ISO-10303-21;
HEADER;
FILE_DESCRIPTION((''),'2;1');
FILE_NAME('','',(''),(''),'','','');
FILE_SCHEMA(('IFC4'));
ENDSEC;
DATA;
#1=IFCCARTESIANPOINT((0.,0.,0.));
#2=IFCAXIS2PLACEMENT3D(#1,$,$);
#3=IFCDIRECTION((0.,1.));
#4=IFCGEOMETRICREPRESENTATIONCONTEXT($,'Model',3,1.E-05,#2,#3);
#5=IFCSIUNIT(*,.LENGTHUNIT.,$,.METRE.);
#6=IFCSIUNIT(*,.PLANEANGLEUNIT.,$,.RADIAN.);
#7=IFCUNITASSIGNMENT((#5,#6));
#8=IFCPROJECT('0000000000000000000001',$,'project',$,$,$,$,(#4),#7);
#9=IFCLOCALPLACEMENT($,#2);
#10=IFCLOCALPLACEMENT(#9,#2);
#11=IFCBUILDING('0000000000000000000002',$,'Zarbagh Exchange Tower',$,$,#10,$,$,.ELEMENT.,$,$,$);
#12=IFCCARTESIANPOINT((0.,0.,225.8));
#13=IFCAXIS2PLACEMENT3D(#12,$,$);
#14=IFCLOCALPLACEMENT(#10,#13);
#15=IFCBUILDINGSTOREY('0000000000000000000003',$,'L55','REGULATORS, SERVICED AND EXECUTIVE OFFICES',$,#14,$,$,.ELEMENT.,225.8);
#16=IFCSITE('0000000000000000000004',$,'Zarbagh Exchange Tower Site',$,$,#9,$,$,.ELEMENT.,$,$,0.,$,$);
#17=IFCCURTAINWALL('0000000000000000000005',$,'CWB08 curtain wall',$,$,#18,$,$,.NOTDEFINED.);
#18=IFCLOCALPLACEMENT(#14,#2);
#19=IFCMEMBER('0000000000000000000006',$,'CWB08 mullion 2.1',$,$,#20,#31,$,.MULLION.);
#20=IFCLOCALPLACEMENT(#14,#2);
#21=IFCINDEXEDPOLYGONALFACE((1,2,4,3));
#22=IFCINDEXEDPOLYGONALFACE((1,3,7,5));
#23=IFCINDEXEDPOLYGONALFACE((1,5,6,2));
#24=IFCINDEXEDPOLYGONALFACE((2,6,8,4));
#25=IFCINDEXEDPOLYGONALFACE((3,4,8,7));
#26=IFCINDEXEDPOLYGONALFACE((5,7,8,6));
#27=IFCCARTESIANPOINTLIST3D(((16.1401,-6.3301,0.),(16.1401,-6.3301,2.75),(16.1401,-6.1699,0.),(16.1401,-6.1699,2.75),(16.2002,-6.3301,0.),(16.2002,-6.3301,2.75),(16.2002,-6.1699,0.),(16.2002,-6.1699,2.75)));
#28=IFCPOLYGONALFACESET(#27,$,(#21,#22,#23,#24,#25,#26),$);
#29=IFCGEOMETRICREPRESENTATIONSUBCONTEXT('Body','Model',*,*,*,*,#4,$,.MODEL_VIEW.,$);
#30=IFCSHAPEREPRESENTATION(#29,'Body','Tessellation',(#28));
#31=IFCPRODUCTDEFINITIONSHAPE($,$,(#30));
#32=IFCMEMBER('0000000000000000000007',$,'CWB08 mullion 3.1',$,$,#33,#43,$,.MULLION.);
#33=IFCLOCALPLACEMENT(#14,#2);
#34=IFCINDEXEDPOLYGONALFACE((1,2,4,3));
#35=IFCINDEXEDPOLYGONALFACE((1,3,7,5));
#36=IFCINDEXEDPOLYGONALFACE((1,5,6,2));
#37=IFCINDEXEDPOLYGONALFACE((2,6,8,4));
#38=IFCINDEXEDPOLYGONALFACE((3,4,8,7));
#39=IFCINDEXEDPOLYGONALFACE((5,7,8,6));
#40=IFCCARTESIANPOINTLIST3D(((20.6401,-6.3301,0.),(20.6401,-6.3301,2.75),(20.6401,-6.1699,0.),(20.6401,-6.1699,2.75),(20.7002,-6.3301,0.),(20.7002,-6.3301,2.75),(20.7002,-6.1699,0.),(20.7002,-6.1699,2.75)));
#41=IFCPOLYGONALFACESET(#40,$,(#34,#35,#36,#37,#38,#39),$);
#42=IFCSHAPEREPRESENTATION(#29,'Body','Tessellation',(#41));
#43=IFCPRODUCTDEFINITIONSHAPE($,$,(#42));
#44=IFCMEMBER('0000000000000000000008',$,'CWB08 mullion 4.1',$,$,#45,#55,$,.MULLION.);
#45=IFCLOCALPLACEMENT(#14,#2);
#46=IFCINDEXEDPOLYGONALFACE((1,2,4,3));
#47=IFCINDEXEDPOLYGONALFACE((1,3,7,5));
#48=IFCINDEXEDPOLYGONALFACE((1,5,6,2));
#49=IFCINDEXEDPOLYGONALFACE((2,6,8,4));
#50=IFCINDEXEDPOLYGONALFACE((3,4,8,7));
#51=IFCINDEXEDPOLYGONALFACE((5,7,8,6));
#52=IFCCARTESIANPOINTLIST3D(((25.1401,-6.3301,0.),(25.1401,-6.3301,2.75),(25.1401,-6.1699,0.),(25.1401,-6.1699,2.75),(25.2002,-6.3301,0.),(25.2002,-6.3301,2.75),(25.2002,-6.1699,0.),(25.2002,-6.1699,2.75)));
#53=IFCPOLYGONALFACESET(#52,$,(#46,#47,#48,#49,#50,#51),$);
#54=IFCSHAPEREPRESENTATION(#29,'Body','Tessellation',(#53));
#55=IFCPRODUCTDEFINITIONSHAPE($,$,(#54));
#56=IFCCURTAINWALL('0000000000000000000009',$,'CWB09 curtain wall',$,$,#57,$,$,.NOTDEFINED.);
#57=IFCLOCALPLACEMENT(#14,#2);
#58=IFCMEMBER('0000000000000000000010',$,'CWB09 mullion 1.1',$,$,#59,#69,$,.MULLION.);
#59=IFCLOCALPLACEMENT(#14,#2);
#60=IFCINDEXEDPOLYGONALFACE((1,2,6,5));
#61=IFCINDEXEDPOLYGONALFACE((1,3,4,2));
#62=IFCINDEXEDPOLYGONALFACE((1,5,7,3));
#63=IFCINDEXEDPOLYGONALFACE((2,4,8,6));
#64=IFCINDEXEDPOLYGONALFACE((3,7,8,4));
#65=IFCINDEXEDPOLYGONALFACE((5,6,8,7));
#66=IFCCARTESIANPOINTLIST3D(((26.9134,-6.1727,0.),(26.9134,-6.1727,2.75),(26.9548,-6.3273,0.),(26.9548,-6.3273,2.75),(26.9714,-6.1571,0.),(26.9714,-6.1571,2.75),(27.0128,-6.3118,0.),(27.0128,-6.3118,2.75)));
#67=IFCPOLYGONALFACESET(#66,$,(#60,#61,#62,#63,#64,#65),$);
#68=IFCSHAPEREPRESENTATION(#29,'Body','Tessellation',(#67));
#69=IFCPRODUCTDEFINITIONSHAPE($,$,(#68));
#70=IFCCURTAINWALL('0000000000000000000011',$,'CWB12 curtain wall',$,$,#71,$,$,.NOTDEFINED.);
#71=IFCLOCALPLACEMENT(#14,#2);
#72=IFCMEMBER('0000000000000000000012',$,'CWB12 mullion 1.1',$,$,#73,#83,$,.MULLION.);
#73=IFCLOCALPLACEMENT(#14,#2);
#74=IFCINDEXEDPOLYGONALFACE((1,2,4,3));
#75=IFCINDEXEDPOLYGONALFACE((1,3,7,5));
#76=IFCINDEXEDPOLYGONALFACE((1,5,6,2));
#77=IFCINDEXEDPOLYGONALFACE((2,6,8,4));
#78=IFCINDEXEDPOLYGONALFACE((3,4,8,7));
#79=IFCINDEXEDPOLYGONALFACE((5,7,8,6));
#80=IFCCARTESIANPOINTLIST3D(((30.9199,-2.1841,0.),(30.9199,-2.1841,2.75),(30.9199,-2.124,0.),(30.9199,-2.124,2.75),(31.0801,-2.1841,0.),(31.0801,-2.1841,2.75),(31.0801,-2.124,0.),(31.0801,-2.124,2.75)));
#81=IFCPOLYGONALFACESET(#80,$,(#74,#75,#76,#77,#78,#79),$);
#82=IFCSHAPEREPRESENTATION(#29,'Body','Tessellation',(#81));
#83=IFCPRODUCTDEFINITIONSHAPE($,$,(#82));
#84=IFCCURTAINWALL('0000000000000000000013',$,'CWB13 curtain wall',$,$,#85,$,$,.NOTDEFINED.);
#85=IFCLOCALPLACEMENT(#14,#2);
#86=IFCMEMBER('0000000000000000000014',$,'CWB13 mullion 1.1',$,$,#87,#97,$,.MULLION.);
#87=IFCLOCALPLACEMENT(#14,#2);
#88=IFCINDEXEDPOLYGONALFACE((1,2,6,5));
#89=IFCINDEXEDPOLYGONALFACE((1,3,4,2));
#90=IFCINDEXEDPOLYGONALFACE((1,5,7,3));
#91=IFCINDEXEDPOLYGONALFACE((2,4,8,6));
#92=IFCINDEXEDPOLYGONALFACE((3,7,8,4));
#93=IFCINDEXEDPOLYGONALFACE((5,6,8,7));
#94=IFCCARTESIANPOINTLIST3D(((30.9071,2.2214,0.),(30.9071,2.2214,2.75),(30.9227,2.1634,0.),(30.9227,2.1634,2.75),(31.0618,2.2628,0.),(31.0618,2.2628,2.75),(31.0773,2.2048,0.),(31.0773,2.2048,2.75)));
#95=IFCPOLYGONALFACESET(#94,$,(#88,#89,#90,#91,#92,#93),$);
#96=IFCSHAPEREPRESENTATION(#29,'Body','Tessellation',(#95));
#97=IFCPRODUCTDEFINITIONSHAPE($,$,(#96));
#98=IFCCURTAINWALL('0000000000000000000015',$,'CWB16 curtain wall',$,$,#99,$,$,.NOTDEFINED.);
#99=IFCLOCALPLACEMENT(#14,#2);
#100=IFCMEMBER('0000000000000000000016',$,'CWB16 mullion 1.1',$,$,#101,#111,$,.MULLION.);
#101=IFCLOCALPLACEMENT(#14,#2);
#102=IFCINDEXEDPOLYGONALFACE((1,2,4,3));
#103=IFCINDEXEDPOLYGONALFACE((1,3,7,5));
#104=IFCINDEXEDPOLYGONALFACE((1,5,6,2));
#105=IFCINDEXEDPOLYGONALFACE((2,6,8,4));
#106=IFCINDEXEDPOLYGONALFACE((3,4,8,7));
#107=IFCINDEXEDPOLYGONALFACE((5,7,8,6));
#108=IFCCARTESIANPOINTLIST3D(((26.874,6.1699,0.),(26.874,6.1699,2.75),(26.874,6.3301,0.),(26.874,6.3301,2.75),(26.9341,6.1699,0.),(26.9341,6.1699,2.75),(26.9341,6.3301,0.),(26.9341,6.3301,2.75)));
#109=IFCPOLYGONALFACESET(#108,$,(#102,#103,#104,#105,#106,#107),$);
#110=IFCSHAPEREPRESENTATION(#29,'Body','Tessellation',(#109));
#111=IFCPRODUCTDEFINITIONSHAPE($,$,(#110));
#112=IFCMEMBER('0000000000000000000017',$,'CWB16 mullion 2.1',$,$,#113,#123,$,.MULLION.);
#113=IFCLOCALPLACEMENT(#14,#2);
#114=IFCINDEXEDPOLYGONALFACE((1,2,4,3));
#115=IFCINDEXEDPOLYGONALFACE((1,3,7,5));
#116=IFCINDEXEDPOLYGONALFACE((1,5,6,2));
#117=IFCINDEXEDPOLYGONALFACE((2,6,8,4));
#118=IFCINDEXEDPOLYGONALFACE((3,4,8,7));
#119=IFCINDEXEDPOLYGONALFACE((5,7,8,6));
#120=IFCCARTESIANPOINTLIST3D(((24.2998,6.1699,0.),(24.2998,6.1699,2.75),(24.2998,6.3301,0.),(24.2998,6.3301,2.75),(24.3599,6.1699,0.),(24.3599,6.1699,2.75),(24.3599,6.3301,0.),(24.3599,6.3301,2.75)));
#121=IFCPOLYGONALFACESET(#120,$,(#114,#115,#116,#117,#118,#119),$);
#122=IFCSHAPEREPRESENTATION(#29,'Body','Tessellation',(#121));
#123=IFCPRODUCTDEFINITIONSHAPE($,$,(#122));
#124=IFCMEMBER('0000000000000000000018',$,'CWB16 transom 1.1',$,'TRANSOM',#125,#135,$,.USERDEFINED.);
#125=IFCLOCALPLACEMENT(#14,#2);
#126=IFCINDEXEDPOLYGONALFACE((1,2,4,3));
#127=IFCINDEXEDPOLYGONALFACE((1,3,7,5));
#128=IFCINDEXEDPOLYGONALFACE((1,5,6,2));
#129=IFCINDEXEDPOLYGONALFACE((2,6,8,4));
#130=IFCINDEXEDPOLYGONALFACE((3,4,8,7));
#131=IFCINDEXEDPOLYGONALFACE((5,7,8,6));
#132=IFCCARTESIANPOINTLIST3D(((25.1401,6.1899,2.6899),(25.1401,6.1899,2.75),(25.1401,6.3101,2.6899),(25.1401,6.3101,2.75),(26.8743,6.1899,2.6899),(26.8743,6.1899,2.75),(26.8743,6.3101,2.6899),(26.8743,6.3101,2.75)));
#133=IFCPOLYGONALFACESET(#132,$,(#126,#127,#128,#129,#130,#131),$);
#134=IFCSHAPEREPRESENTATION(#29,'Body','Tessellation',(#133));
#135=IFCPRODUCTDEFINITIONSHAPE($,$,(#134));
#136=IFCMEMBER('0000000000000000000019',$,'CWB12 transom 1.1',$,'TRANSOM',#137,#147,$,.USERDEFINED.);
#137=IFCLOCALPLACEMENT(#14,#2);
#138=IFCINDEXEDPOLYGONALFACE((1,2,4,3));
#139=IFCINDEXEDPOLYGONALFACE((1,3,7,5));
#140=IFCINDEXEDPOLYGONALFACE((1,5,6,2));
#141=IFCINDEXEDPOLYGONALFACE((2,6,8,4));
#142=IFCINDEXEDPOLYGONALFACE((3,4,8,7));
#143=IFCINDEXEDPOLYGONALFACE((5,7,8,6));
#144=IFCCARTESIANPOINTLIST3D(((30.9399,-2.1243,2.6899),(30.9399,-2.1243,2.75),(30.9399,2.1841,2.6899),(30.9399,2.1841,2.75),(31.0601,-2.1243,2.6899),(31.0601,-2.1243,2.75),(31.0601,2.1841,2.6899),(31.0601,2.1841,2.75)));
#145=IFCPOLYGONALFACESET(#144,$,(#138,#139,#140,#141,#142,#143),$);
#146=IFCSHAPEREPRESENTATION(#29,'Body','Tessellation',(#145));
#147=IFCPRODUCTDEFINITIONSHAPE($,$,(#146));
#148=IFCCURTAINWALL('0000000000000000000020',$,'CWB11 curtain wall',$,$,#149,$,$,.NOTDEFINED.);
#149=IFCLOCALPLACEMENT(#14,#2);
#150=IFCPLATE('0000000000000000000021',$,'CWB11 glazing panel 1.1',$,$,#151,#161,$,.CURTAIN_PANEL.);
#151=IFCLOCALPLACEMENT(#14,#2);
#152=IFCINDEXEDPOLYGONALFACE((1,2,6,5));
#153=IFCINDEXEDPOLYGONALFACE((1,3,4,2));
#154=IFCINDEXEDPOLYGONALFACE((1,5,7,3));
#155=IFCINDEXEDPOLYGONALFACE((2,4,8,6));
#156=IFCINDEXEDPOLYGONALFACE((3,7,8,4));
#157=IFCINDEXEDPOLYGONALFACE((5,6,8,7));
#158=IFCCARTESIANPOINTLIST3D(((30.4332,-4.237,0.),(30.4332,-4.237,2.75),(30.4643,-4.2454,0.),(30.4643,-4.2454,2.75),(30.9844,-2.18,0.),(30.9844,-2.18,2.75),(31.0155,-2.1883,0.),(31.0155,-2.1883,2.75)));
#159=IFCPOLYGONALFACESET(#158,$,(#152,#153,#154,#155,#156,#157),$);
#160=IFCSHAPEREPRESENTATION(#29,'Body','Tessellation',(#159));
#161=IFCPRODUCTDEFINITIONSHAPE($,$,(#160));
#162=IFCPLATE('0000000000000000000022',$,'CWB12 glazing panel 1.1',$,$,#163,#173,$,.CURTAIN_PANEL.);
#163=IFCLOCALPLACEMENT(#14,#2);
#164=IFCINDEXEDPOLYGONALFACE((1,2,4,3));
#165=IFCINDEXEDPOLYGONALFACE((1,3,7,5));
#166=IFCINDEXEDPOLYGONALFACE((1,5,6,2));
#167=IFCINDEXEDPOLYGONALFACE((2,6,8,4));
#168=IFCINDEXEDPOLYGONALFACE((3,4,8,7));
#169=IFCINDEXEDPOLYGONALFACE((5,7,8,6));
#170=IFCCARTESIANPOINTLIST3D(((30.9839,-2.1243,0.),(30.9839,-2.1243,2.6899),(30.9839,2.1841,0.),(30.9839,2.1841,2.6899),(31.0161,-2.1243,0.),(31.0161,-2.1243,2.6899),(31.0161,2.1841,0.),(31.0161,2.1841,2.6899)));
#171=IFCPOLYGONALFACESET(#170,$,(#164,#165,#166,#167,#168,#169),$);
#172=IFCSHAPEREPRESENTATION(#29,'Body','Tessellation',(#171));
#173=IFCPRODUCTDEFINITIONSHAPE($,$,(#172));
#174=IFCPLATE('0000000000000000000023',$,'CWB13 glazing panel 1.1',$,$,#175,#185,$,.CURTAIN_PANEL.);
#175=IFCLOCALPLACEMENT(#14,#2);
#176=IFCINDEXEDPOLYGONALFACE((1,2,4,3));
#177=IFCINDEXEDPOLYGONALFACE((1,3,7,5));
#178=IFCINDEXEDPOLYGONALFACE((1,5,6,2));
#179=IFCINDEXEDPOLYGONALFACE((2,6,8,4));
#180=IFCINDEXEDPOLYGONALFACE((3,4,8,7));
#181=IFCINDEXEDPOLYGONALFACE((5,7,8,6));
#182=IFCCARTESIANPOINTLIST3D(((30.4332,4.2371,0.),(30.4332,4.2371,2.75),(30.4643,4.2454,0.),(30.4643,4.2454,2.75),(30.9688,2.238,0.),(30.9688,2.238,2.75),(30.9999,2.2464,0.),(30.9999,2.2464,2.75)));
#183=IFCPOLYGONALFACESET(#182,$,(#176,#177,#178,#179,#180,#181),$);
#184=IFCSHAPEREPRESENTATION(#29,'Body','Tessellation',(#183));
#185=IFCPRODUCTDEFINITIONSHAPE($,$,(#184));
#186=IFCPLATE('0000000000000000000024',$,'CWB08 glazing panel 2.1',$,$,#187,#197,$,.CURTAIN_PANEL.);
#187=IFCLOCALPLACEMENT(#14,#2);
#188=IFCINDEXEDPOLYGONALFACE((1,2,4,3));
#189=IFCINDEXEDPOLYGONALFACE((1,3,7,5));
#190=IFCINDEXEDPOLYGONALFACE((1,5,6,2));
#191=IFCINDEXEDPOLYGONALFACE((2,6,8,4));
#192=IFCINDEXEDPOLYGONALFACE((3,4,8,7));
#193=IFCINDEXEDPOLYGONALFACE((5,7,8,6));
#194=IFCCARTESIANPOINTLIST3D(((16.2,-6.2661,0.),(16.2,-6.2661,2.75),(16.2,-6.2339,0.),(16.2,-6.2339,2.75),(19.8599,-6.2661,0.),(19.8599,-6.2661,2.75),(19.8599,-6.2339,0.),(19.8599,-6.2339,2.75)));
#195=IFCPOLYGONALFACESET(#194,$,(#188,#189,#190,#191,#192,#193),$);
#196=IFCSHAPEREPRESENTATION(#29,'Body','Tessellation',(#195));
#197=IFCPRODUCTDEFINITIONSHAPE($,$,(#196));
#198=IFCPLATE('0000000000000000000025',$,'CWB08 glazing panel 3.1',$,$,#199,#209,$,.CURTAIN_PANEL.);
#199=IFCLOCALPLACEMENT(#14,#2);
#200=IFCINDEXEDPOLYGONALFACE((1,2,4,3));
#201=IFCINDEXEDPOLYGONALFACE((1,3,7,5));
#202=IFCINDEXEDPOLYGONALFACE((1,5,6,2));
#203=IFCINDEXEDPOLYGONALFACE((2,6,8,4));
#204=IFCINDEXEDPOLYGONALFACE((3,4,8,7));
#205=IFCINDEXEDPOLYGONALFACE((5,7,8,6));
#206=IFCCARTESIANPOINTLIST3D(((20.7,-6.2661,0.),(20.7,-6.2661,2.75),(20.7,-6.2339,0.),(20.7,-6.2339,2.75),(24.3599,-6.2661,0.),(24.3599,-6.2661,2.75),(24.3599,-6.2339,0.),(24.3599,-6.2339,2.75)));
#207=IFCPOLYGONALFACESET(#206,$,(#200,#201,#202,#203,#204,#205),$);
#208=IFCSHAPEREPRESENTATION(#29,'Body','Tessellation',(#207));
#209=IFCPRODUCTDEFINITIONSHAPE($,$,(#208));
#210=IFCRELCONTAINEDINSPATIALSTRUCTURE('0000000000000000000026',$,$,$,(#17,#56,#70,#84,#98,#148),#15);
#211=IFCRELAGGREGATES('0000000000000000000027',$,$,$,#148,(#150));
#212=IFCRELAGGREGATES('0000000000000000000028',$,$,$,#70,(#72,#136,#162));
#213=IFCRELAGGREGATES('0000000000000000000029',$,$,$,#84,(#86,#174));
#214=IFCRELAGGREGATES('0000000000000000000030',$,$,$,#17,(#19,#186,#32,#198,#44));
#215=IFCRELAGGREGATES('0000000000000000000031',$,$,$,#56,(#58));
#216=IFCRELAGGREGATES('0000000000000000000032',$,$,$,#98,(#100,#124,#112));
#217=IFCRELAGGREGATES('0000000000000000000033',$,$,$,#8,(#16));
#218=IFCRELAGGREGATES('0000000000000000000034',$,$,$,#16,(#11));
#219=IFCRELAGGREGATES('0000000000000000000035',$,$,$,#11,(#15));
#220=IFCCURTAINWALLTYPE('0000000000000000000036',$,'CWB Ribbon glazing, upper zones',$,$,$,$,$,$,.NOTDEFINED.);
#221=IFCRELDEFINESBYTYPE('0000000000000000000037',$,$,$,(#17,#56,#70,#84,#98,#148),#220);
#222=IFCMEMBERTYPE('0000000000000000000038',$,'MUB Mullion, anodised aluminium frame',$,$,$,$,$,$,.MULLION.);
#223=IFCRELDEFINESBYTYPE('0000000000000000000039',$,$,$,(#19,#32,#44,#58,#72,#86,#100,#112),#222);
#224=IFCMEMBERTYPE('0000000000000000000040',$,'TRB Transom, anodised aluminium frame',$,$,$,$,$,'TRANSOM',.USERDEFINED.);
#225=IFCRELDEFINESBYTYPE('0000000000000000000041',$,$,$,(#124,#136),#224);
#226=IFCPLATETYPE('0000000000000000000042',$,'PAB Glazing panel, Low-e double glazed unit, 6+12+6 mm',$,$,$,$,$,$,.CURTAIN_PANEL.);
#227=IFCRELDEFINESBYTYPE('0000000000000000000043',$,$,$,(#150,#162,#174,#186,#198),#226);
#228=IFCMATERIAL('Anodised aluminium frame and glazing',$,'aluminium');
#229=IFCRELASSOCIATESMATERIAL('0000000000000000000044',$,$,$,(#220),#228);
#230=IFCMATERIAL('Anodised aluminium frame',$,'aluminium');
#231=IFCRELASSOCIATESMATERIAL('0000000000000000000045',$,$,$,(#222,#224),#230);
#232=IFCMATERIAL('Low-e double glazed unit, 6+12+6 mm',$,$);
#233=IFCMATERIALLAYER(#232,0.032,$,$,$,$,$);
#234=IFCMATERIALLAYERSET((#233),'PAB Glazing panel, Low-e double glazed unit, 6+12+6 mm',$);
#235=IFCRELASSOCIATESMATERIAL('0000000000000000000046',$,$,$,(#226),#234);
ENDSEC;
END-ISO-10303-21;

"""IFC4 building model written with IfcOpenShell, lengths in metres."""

from ifc_helpers import new_model, si_unit, direction, frame, origin, place, context, subcontext, project, spatial, polyline, outline, extrude, source, transform, mapped, material, layer, layer_set, type_object, element, aggregate, save


model = new_model("IFC4")

# Units and contexts
model_context = context("Model", 3, precision=1e-05, world=origin(), true_north=direction((0.0, 1.0)))
body_context = subcontext(model_context, "Body", "Model", "MODEL_VIEW")
ifc_project = project(units=[si_unit("LENGTHUNIT", "METRE"), si_unit("PLANEANGLEUNIT", "RADIAN")], contexts=[model_context])

# Site, building, storey
site_placement = place(None, origin())
site = spatial("IfcSite", under=ifc_project, at=site_placement, Name="Zarbagh Exchange Tower Site", CompositionType="ELEMENT", RefElevation=0.0)
building_placement = place(site_placement, origin())
building = spatial("IfcBuilding", under=site, at=building_placement, Name="Zarbagh Exchange Tower", CompositionType="ELEMENT")
storey_placement = place(building_placement, frame((0.0, 0.0, 225.8)))
storey = spatial("IfcBuildingStorey", under=building, at=storey_placement, Name="L55", Description="REGULATORS, SERVICED AND EXECUTIVE OFFICES", CompositionType="ELEMENT", Elevation=225.8)

# Curtain wall, members
ifc_material_1 = material(Name="Anodised aluminium frame and glazing", Category="aluminium")
curtain_wall_type = type_object("IfcCurtainWallType", Name="CWB Ribbon glazing, upper zones", PredefinedType="NOTDEFINED", material=ifc_material_1)
curtain_wall_1_placement = place(storey_placement, origin())
curtain_wall_1 = element("IfcCurtainWall", 1, at=curtain_wall_1_placement, inside=storey, type_object=curtain_wall_type, Name="CWB08 curtain wall", PredefinedType="NOTDEFINED")
ifc_material_2 = material(Name="Anodised aluminium frame", Category="aluminium")
member_type_1 = type_object("IfcMemberType", Name="MUB Mullion, anodised aluminium frame", PredefinedType="MULLION", material=ifc_material_2)
shared_shape_1 = source(origin(), body_context, "Body", "SweptSolid", [
    extrude(outline(polyline([(0.0, -0.0801), (0.0601, -0.0801), (0.0601, 0.0801), (0.0, 0.0801), (0.0, -0.0801)])), origin(), (0.0, 0.0, 1.0), 2.75),
])
placement = place(storey_placement, origin())
member_1 = element("IfcMember", 2, at=placement, type_object=member_type_1, Name="CWB08 mullion 2.1", PredefinedType="MULLION", context=body_context, shape_type="MappedRepresentation", body=[
    mapped(shared_shape_1, transform((16.1401, -6.25, 0.0), x_axis=(1.0, 0.0, 0.0), y_axis=(0.0, 1.0, 0.0), z_axis=(0.0, 0.0, 1.0))),
])
member_2 = element("IfcMember", 3, at=placement, type_object=member_type_1, Name="CWB08 mullion 3.1", PredefinedType="MULLION", context=body_context, shape_type="MappedRepresentation", body=[
    mapped(shared_shape_1, transform((20.6401, -6.25, 0.0), x_axis=(1.0, 0.0, 0.0), y_axis=(0.0, 1.0, 0.0), z_axis=(0.0, 0.0, 1.0))),
])
member_3 = element("IfcMember", 4, at=placement, type_object=member_type_1, Name="CWB08 mullion 4.1", PredefinedType="MULLION", context=body_context, shape_type="MappedRepresentation", body=[
    mapped(shared_shape_1, transform((25.1401, -6.25, 0.0), x_axis=(1.0, 0.0, 0.0), y_axis=(0.0, 1.0, 0.0), z_axis=(0.0, 0.0, 1.0))),
])

# Curtain walls, members
curtain_wall_2_placement = place(storey_placement, origin())
curtain_wall_2 = element("IfcCurtainWall", 5, at=curtain_wall_2_placement, inside=storey, type_object=curtain_wall_type, Name="CWB09 curtain wall", PredefinedType="NOTDEFINED")
member_4 = element("IfcMember", 6, at=placement, type_object=member_type_1, Name="CWB09 mullion 1.1", PredefinedType="MULLION", context=body_context, shape_type="MappedRepresentation", body=[
    mapped(shared_shape_1, transform((26.9341, -6.25, 0.0), x_axis=(0.965924, 0.258825, 0.0), y_axis=(-0.258825, 0.965924, 0.0), z_axis=(0.0, 0.0, 1.0))),
])
curtain_wall_3_placement = place(storey_placement, origin())
curtain_wall_3 = element("IfcCurtainWall", 7, at=curtain_wall_3_placement, inside=storey, type_object=curtain_wall_type, Name="CWB12 curtain wall", PredefinedType="NOTDEFINED")
member_5 = element("IfcMember", 8, at=placement, type_object=member_type_1, Name="CWB12 mullion 1.1", PredefinedType="MULLION", context=body_context, shape_type="MappedRepresentation", body=[
    mapped(shared_shape_1, transform((31.0, -2.1841, 0.0), x_axis=(0.0, 1.0, 0.0), y_axis=(-1.0, 0.0, 0.0), z_axis=(0.0, 0.0, 1.0))),
])
curtain_wall_4_placement = place(storey_placement, origin())
curtain_wall_4 = element("IfcCurtainWall", 9, at=curtain_wall_4_placement, inside=storey, type_object=curtain_wall_type, Name="CWB13 curtain wall", PredefinedType="NOTDEFINED")
member_6 = element("IfcMember", 10, at=placement, type_object=member_type_1, Name="CWB13 mullion 1.1", PredefinedType="MULLION", context=body_context, shape_type="MappedRepresentation", body=[
    mapped(shared_shape_1, transform((31.0, 2.1841, 0.0), x_axis=(-0.258825, 0.965924, 0.0), y_axis=(-0.965924, -0.258825, 0.0), z_axis=(0.0, 0.0, 1.0))),
])

# Curtain wall, members
curtain_wall_5_placement = place(storey_placement, origin())
curtain_wall_5 = element("IfcCurtainWall", 11, at=curtain_wall_5_placement, inside=storey, type_object=curtain_wall_type, Name="CWB16 curtain wall", PredefinedType="NOTDEFINED")
member_7 = element("IfcMember", 12, at=placement, type_object=member_type_1, Name="CWB16 mullion 1.1", PredefinedType="MULLION", context=body_context, shape_type="MappedRepresentation", body=[
    mapped(shared_shape_1, transform((26.9341, 6.25, 0.0), x_axis=(-1.0, 0.0, 0.0), y_axis=(0.0, -1.0, 0.0), z_axis=(0.0, 0.0, 1.0))),
])
member_8 = element("IfcMember", 13, at=placement, type_object=member_type_1, Name="CWB16 mullion 2.1", PredefinedType="MULLION", context=body_context, shape_type="MappedRepresentation", body=[
    mapped(shared_shape_1, transform((24.3599, 6.25, 0.0), x_axis=(-1.0, 0.0, 0.0), y_axis=(0.0, -1.0, 0.0), z_axis=(0.0, 0.0, 1.0))),
])
member_type_2 = type_object("IfcMemberType", Name="TRB Transom, anodised aluminium frame", ElementType="TRANSOM", PredefinedType="USERDEFINED", material=ifc_material_2)
shared_shape_2 = source(origin(), body_context, "Body", "SweptSolid", [
    extrude(outline(polyline([(-0.0601, -0.0601), (0.0, -0.0601), (0.0, 0.0601), (-0.0601, 0.0601), (-0.0601, -0.0601)])), origin(), (0.0, 0.0, 1.0), 1.7341),
])
member_9 = element("IfcMember", 14, at=placement, type_object=member_type_2, Name="CWB16 transom 1.1", ObjectType="TRANSOM", PredefinedType="USERDEFINED", context=body_context, shape_type="MappedRepresentation", body=[
    mapped(shared_shape_2, transform((26.8743, 6.25, 2.75), x_axis=(0.0, 0.0, 1.0), y_axis=(0.0, 1.0, 0.0), z_axis=(-1.0, 0.0, 0.0))),
])

# Member
shared_shape_3 = source(origin(), body_context, "Body", "SweptSolid", [
    extrude(outline(polyline([(-0.0601, -0.0601), (0.0, -0.0601), (0.0, 0.0601), (-0.0601, 0.0601), (-0.0601, -0.0601)])), origin(), (0.0, 0.0, 1.0), 4.3083),
])
member_10 = element("IfcMember", 15, at=placement, type_object=member_type_2, Name="CWB12 transom 1.1", ObjectType="TRANSOM", PredefinedType="USERDEFINED", context=body_context, shape_type="MappedRepresentation", body=[
    mapped(shared_shape_3, transform((31.0, -2.1243, 2.75), x_axis=(0.0, 0.0, 1.0), y_axis=(1.0, 0.0, 0.0), z_axis=(0.0, 1.0, 0.0))),
])

# Curtain wall, plate
curtain_wall_6_placement = place(storey_placement, origin())
curtain_wall_6 = element("IfcCurtainWall", 16, at=curtain_wall_6_placement, inside=storey, type_object=curtain_wall_type, Name="CWB11 curtain wall", PredefinedType="NOTDEFINED")
ifc_material_3 = material(Name="Low-e double glazed unit, 6+12+6 mm")
ifc_layer = layer(ifc_material_3, 0.032)
ifc_layer_set = layer_set([ifc_layer], Name="PAB Glazing panel, Low-e double glazed unit, 6+12+6 mm")
plate_type = type_object("IfcPlateType", Name="PAB Glazing panel, Low-e double glazed unit, 6+12+6 mm", PredefinedType="CURTAIN_PANEL", material=ifc_layer_set)
shared_shape_4 = source(origin(), body_context, "Body", "SweptSolid", [
    extrude(outline(polyline([(0.0, -0.0161), (2.1296, -0.0161), (2.1296, 0.0161), (0.0, 0.0161), (0.0, -0.0161)])), origin(), (0.0, 0.0, 1.0), 2.75),
])
plate_1 = element("IfcPlate", 17, at=placement, type_object=plate_type, Name="CWB11 glazing panel 1.1", PredefinedType="CURTAIN_PANEL", context=body_context, shape_type="MappedRepresentation", body=[
    mapped(shared_shape_4, transform((30.4487, -4.2412, 0.0), x_axis=(0.258825, 0.965924, 0.0), y_axis=(-0.965924, 0.258825, 0.0), z_axis=(0.0, 0.0, 1.0))),
])
aggregate(curtain_wall_6, [plate_1])

# Plates
shared_shape_5 = source(origin(), body_context, "Body", "SweptSolid", [
    extrude(outline(polyline([(0.0, -0.0161), (4.3083, -0.0161), (4.3083, 0.0161), (0.0, 0.0161), (0.0, -0.0161)])), origin(), (0.0, 0.0, 1.0), 2.6899),
])
plate_2 = element("IfcPlate", 18, at=placement, type_object=plate_type, Name="CWB12 glazing panel 1.1", PredefinedType="CURTAIN_PANEL", context=body_context, shape_type="MappedRepresentation", body=[
    mapped(shared_shape_5, transform((31.0, -2.1243, 0.0), x_axis=(0.0, 1.0, 0.0), y_axis=(-1.0, 0.0, 0.0), z_axis=(0.0, 0.0, 1.0))),
])
aggregate(curtain_wall_3, [member_5, member_10, plate_2])
shared_shape_6 = source(origin(), body_context, "Body", "SweptSolid", [
    extrude(outline(polyline([(0.0, -0.0161), (2.0696, -0.0161), (2.0696, 0.0161), (0.0, 0.0161), (0.0, -0.0161)])), origin(), (0.0, 0.0, 1.0), 2.75),
])
plate_3 = element("IfcPlate", 19, at=placement, type_object=plate_type, Name="CWB13 glazing panel 1.1", PredefinedType="CURTAIN_PANEL", context=body_context, shape_type="MappedRepresentation", body=[
    mapped(shared_shape_6, transform((30.9844, 2.2422, 0.0), x_axis=(-0.258825, 0.965924, 0.0), y_axis=(-0.965924, -0.258825, 0.0), z_axis=(0.0, 0.0, 1.0))),
])
aggregate(curtain_wall_4, [member_6, plate_3])
shared_shape_7 = source(origin(), body_context, "Body", "SweptSolid", [
    extrude(outline(polyline([(0.0, -0.0161), (3.6599, -0.0161), (3.6599, 0.0161), (0.0, 0.0161), (0.0, -0.0161)])), origin(), (0.0, 0.0, 1.0), 2.75),
])
plate_4 = element("IfcPlate", 20, at=placement, type_object=plate_type, Name="CWB08 glazing panel 2.1", PredefinedType="CURTAIN_PANEL", context=body_context, shape_type="MappedRepresentation", body=[
    mapped(shared_shape_7, transform((16.2, -6.25, 0.0), x_axis=(1.0, 0.0, 0.0), y_axis=(0.0, 1.0, 0.0), z_axis=(0.0, 0.0, 1.0))),
])
plate_5 = element("IfcPlate", 21, at=placement, type_object=plate_type, Name="CWB08 glazing panel 3.1", PredefinedType="CURTAIN_PANEL", context=body_context, shape_type="MappedRepresentation", body=[
    mapped(shared_shape_7, transform((20.7, -6.25, 0.0), x_axis=(1.0, 0.0, 0.0), y_axis=(0.0, 1.0, 0.0), z_axis=(0.0, 0.0, 1.0))),
])
aggregate(curtain_wall_1, [member_1, plate_4, member_2, plate_5, member_3])
aggregate(curtain_wall_2, [member_4])

aggregate(curtain_wall_5, [member_7, member_9, member_8])

save(model, "model.ifc")
